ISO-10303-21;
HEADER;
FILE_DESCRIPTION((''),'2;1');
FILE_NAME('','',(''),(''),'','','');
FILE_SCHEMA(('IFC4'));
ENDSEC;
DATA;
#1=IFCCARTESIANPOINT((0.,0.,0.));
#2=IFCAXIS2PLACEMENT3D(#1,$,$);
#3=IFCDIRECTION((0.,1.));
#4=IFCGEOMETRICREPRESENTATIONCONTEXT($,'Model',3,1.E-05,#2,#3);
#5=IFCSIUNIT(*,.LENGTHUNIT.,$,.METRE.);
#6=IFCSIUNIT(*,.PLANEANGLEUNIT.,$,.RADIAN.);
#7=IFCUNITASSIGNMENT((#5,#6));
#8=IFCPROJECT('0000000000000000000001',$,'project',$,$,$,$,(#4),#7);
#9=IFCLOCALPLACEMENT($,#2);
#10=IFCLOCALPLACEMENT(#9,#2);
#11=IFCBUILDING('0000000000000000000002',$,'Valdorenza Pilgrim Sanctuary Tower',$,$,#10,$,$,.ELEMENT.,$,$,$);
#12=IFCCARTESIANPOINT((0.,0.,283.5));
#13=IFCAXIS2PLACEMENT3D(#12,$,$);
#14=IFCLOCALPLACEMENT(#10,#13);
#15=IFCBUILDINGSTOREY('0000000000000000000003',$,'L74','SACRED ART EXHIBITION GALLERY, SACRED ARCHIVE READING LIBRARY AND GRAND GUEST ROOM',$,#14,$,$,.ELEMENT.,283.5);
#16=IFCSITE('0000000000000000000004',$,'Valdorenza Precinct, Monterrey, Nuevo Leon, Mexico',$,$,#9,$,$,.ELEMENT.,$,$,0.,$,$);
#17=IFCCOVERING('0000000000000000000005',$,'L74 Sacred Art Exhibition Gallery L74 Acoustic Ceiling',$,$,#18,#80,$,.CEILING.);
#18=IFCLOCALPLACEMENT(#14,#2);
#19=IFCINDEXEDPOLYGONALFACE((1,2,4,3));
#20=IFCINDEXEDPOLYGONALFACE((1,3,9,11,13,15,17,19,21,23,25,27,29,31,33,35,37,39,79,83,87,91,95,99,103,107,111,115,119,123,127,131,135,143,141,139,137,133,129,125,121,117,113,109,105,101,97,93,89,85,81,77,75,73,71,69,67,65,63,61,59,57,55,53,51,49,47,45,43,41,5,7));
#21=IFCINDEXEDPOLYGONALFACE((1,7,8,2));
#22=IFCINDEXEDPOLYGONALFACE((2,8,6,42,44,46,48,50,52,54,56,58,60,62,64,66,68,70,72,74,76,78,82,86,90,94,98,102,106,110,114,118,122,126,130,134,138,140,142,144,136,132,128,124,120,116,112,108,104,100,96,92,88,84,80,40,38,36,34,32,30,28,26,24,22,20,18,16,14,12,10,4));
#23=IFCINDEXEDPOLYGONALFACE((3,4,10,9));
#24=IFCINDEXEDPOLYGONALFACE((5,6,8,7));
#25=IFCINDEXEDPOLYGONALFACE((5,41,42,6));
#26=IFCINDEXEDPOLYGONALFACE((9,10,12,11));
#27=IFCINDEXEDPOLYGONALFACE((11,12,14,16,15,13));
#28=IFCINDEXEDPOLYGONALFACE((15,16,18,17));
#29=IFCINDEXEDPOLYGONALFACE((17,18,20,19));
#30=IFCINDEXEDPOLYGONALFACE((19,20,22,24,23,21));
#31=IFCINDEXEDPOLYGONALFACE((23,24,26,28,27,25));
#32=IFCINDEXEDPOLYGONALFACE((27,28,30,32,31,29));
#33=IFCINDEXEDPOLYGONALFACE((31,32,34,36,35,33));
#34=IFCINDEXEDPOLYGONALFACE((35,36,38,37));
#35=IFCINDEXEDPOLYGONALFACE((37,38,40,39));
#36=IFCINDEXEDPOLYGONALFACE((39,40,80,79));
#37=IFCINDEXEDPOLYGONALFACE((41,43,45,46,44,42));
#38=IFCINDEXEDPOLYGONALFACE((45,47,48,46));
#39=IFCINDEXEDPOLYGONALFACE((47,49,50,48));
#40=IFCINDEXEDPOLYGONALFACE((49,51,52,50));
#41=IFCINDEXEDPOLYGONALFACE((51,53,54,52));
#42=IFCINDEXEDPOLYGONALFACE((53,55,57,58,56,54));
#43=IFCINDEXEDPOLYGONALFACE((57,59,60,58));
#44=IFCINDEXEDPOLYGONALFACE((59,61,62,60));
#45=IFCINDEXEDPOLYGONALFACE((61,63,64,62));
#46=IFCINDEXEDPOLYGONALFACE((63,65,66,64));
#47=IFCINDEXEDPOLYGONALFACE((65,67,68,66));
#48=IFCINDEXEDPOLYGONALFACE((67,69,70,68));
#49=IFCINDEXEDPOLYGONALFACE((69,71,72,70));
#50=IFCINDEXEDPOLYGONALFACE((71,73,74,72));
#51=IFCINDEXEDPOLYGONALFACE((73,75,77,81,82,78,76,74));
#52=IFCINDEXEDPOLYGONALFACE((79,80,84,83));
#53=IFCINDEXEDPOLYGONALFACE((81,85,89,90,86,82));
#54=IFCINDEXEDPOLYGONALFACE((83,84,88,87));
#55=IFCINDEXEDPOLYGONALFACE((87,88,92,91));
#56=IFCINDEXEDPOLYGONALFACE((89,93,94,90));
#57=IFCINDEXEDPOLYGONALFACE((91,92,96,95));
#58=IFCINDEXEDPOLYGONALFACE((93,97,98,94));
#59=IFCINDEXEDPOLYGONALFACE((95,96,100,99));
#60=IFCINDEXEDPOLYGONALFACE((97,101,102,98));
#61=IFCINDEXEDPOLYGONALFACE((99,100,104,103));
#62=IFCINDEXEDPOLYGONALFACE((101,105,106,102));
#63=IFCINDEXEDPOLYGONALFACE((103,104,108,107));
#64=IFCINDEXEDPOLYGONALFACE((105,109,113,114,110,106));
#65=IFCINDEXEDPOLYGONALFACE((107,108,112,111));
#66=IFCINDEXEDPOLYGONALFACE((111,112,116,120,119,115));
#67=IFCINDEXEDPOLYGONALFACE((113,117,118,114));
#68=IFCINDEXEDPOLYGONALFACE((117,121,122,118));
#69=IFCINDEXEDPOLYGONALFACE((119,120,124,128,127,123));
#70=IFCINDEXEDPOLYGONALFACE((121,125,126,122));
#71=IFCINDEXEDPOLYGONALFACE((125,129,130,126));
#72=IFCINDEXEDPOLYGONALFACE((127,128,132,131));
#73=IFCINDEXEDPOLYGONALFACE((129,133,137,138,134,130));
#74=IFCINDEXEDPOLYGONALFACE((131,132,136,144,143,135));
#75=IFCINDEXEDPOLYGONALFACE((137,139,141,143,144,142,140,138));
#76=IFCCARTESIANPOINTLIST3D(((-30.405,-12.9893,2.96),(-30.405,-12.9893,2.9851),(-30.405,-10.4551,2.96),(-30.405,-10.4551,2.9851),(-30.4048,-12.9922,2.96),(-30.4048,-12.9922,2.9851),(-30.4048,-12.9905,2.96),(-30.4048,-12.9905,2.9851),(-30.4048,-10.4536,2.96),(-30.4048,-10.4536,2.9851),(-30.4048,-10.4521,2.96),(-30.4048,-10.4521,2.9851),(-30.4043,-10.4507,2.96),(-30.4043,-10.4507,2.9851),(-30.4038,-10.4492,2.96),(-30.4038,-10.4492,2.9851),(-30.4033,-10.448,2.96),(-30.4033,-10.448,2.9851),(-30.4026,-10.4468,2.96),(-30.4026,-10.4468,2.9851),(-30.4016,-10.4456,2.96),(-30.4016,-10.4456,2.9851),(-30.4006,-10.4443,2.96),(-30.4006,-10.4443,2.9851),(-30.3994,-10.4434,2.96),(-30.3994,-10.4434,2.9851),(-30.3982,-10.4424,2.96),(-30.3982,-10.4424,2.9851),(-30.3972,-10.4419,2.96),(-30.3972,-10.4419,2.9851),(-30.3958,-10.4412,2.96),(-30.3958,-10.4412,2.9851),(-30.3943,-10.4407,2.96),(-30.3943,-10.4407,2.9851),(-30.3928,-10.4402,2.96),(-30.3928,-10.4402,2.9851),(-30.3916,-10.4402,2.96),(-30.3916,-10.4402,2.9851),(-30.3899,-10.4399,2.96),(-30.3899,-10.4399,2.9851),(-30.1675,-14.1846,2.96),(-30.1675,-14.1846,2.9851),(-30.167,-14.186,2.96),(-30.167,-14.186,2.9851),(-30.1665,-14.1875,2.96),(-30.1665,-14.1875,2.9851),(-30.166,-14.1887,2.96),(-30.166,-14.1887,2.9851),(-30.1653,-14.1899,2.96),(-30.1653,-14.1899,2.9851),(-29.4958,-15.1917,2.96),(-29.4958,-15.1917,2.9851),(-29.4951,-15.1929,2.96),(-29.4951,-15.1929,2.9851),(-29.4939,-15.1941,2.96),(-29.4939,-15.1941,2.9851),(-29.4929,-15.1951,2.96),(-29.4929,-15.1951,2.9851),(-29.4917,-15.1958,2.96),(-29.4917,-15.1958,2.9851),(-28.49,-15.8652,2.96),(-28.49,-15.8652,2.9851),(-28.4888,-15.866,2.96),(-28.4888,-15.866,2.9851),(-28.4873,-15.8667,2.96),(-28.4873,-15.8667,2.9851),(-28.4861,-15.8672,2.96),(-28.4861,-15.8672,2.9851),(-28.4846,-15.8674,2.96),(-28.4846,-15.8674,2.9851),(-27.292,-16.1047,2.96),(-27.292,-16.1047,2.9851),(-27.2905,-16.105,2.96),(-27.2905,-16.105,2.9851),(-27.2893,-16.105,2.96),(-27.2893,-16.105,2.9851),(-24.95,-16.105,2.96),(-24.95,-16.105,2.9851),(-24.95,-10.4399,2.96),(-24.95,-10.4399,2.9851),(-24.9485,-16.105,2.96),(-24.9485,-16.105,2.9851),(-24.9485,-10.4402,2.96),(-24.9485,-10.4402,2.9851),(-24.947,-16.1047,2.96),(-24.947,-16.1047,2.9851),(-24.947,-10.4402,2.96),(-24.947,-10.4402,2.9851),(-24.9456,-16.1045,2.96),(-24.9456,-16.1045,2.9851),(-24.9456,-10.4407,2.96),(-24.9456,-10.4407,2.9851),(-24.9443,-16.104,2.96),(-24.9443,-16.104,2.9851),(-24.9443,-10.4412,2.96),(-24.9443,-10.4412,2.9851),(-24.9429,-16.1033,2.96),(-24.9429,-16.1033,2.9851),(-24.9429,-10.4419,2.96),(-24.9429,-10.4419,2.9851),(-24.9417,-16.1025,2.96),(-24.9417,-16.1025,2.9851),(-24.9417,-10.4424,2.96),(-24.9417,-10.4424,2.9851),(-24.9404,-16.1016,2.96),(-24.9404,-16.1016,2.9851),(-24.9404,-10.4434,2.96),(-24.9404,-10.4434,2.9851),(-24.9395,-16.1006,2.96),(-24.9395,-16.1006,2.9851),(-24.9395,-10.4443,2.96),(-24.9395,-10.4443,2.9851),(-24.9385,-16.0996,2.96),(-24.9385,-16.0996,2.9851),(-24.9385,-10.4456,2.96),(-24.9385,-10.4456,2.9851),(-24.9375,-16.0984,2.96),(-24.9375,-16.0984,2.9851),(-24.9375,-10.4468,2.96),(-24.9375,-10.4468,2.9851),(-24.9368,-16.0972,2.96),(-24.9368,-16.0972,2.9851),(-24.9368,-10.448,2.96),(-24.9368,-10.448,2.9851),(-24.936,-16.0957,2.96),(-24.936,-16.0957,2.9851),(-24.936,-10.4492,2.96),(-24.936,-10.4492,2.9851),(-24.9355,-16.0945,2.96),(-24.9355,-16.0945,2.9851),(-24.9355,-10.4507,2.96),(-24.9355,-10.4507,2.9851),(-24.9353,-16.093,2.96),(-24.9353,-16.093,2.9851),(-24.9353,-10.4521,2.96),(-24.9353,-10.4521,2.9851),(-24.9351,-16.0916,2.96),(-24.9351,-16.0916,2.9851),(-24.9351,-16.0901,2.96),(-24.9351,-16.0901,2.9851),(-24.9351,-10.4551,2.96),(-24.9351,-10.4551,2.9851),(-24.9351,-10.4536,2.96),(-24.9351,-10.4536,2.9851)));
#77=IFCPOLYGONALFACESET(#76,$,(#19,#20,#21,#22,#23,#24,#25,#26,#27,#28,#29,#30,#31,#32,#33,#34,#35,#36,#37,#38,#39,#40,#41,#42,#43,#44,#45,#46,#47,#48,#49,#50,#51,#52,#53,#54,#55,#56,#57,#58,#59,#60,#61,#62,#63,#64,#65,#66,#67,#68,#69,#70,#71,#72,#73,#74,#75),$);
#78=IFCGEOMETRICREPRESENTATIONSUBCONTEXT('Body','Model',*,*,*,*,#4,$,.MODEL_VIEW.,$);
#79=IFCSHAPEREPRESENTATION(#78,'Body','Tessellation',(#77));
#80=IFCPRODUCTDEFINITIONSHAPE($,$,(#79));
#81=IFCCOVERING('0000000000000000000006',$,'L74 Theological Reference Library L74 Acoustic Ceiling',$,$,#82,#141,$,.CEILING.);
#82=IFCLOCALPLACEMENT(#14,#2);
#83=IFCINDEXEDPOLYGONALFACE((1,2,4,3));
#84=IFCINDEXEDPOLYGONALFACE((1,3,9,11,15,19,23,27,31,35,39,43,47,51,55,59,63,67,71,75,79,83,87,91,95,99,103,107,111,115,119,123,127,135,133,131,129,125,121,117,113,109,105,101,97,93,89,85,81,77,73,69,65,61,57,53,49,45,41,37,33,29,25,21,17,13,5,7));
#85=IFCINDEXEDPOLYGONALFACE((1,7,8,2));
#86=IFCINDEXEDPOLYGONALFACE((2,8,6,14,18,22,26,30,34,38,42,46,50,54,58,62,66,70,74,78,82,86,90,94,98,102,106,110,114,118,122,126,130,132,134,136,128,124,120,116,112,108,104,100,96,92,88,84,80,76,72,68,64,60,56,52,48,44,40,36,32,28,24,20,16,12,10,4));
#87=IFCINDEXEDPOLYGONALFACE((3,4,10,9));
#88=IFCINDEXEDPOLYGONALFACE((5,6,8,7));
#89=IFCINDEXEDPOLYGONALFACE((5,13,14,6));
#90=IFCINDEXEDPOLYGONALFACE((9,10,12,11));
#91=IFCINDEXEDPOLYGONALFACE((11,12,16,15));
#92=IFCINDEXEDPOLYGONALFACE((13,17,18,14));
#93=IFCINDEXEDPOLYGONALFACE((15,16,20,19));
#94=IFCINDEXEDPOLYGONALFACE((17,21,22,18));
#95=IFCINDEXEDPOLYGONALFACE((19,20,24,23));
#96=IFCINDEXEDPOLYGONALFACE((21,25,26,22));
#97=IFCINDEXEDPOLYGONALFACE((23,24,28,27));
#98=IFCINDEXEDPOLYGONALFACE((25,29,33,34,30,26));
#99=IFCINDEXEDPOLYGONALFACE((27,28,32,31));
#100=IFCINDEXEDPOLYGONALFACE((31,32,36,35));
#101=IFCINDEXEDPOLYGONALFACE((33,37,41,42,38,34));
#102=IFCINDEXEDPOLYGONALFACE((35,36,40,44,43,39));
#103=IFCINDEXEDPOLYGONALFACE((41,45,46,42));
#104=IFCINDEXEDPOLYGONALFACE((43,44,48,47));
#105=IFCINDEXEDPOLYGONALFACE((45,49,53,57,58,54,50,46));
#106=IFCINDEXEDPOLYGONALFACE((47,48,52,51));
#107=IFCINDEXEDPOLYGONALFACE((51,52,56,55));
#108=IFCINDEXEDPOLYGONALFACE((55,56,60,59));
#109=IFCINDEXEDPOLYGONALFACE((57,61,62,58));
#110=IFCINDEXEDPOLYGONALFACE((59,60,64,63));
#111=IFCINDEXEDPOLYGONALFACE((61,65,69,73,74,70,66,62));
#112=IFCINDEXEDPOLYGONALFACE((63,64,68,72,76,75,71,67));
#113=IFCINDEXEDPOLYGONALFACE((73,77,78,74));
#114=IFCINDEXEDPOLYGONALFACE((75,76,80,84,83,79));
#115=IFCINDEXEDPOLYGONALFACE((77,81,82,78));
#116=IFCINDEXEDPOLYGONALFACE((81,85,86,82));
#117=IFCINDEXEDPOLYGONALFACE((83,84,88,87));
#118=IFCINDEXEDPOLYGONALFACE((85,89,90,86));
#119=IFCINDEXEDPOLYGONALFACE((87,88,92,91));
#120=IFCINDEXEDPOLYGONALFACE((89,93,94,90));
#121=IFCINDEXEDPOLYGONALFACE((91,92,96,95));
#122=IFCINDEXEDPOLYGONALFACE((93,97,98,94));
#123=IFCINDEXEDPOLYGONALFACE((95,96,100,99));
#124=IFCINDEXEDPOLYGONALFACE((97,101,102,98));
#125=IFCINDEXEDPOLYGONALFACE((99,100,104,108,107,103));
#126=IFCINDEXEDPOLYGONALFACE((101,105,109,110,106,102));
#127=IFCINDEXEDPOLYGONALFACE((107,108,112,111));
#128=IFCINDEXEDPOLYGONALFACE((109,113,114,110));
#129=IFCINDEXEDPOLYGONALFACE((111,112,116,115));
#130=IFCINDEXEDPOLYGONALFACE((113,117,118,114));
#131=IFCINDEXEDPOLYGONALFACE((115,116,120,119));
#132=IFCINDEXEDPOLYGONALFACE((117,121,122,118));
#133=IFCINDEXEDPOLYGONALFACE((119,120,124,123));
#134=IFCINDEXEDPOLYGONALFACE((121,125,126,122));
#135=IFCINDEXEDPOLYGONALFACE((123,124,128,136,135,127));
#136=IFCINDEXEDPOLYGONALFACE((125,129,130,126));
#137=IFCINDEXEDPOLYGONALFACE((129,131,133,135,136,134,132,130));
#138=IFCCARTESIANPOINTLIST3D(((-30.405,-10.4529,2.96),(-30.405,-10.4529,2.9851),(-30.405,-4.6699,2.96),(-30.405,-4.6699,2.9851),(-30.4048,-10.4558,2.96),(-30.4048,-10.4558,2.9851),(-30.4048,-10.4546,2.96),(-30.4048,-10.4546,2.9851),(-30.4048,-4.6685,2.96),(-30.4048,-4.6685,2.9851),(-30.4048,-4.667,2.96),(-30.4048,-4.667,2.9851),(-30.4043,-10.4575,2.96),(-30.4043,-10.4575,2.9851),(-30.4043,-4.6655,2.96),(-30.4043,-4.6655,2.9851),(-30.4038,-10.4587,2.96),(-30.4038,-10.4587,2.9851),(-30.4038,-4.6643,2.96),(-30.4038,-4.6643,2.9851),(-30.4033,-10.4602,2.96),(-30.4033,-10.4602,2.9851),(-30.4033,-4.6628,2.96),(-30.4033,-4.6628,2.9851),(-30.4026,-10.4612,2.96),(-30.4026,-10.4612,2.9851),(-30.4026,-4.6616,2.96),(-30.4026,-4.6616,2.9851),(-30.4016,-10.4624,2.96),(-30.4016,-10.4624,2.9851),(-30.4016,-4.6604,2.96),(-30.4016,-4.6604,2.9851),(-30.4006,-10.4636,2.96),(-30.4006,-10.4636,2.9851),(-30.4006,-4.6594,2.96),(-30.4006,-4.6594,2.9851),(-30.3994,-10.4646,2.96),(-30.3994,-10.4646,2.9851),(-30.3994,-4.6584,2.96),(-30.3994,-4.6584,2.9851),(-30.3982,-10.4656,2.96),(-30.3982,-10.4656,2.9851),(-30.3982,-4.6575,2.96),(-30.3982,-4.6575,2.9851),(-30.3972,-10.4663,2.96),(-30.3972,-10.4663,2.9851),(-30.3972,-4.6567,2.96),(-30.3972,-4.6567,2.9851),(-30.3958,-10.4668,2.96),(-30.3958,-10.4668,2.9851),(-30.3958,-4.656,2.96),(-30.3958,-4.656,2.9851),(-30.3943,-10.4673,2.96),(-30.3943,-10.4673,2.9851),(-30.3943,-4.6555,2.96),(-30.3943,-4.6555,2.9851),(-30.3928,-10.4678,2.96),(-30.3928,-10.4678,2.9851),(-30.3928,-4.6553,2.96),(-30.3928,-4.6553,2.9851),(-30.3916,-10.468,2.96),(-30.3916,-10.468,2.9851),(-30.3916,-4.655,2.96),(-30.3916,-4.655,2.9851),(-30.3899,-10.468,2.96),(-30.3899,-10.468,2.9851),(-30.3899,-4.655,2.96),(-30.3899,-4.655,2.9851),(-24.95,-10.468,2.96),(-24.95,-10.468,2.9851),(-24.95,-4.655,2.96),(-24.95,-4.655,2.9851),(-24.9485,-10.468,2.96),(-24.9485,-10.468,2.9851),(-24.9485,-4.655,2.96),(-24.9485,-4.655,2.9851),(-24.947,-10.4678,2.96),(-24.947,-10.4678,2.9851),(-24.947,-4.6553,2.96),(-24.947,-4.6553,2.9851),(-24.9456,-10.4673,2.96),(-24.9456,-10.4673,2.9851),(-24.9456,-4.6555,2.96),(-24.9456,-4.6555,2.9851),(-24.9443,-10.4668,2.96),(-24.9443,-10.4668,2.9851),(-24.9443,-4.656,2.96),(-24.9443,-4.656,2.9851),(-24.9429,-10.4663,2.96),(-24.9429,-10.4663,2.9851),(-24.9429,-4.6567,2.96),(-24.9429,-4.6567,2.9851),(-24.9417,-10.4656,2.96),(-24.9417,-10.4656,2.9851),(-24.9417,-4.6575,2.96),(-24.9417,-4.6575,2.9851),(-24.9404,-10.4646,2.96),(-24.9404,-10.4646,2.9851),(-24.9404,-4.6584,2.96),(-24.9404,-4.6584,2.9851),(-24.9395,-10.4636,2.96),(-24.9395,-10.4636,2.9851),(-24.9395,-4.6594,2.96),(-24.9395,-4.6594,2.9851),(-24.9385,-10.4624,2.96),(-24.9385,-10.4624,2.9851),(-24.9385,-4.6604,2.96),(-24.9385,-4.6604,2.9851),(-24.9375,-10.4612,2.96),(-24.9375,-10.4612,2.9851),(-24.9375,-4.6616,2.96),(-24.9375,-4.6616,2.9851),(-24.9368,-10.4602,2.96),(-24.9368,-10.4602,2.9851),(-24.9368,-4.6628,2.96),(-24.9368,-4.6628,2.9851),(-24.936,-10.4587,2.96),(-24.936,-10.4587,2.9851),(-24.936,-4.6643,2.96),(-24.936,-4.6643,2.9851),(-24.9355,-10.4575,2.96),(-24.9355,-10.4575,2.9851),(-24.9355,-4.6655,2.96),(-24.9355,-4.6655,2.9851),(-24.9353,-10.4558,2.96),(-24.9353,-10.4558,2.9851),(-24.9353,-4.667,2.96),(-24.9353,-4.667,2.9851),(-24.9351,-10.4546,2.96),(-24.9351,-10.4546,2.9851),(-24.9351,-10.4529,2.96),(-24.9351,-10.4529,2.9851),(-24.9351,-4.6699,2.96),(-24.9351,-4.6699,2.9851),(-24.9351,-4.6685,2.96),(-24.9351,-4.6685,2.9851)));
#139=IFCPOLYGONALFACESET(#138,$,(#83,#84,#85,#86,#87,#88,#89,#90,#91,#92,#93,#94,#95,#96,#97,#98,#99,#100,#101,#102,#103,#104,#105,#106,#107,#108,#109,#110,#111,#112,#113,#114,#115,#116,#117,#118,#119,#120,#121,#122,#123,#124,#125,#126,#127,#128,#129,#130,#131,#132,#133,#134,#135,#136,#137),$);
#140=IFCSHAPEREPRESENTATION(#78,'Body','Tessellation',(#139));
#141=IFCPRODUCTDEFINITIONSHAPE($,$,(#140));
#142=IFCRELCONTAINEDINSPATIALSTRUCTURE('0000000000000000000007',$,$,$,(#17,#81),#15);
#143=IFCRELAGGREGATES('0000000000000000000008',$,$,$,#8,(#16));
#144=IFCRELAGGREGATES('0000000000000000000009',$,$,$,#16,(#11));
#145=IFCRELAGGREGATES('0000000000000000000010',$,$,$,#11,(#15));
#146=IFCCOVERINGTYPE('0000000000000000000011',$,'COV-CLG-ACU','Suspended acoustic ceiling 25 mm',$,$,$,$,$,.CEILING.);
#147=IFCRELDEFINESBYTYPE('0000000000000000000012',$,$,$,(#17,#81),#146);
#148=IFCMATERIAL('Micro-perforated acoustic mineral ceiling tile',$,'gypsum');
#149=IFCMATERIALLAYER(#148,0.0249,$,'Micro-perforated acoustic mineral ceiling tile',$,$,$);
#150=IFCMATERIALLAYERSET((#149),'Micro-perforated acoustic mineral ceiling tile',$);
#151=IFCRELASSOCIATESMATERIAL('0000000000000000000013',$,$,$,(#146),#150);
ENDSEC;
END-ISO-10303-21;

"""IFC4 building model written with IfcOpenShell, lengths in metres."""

from ifc_helpers import new_model, si_unit, direction, frame, origin, place, context, subcontext, project, spatial, polyline, outline, extrude, material, layer, layer_set, type_object, element, save


model = new_model("IFC4")

# Units and contexts
model_context = context("Model", 3, precision=1e-05, world=origin(), true_north=direction((0.0, 1.0)))
body_context = subcontext(model_context, "Body", "Model", "MODEL_VIEW")
ifc_project = project(units=[si_unit("LENGTHUNIT", "METRE"), si_unit("PLANEANGLEUNIT", "RADIAN")], contexts=[model_context])

# Site, building, storey
site_placement = place(None, origin())
site = spatial("IfcSite", under=ifc_project, at=site_placement, Name="Valdorenza Precinct, Monterrey, Nuevo Leon, Mexico", CompositionType="ELEMENT", RefElevation=0.0)
building_placement = place(site_placement, origin())
building = spatial("IfcBuilding", under=site, at=building_placement, Name="Valdorenza Pilgrim Sanctuary Tower", CompositionType="ELEMENT")
storey_placement = place(building_placement, frame((0.0, 0.0, 283.5)))
storey = spatial("IfcBuildingStorey", under=building, at=storey_placement, Name="L74", Description="SACRED ART EXHIBITION GALLERY, SACRED ARCHIVE READING LIBRARY AND GRAND GUEST ROOM", CompositionType="ELEMENT", Elevation=283.5)

# Coverings
ifc_material_1 = material(Name="Micro-perforated acoustic mineral ceiling tile", Category="gypsum")
ifc_layer_1 = layer(ifc_material_1, 0.0249, Name="Micro-perforated acoustic mineral ceiling tile")
ifc_layer_set_1 = layer_set([ifc_layer_1], Name="Micro-perforated acoustic mineral ceiling tile")
covering_type_1 = type_object("IfcCoveringType", Name="COV-CLG-ACU", Description="Suspended acoustic ceiling 25 mm", PredefinedType="CEILING", material=ifc_layer_set_1)
covering_1_placement = place(storey_placement, frame((0.0, 0.0, 2.96)))
element("IfcCovering", 1, at=covering_1_placement, inside=storey, type_object=covering_type_1, Name="L74 Sacred Art Exhibition Gallery L74 Acoustic Ceiling", PredefinedType="CEILING", context=body_context, shape_type="SweptSolid", body=[
    extrude(outline(polyline([(-24.9351, -16.0901), (-24.9351, -16.0916), (-24.9353, -16.093), (-24.9355, -16.0945), (-24.936, -16.0957), (-24.9368, -16.0972), (-24.9375, -16.0984), (-24.9385, -16.0996), (-24.9395, -16.1006), (-24.9404, -16.1016), (-24.9417, -16.1025), (-24.9429, -16.1033), (-24.9443, -16.104), (-24.9456, -16.1045), (-24.947, -16.1047), (-24.9485, -16.105), (-24.95, -16.105), (-27.2893, -16.105), (-27.2905, -16.105), (-27.292, -16.1047), (-28.4846, -15.8674), (-28.4861, -15.8672), (-28.4873, -15.8667), (-28.4888, -15.866), (-28.49, -15.8652), (-29.4917, -15.1958), (-29.4929, -15.1951), (-29.4939, -15.1941), (-29.4951, -15.1929), (-29.4958, -15.1917), (-30.1653, -14.1899), (-30.166, -14.1887), (-30.1665, -14.1875), (-30.167, -14.186), (-30.1675, -14.1846), (-30.4048, -12.9922), (-30.4048, -12.9905), (-30.405, -12.9893), (-30.405, -10.4551), (-30.4048, -10.4536), (-30.4048, -10.4521), (-30.4043, -10.4507), (-30.4038, -10.4492), (-30.4033, -10.448), (-30.4026, -10.4468), (-30.4016, -10.4456), (-30.4006, -10.4443), (-30.3994, -10.4434), (-30.3982, -10.4424), (-30.3972, -10.4419), (-30.3958, -10.4412), (-30.3943, -10.4407), (-30.3928, -10.4402), (-30.3916, -10.4402), (-30.3899, -10.4399), (-24.95, -10.4399), (-24.9485, -10.4402), (-24.947, -10.4402), (-24.9456, -10.4407), (-24.9443, -10.4412), (-24.9429, -10.4419), (-24.9417, -10.4424), (-24.9404, -10.4434), (-24.9395, -10.4443), (-24.9385, -10.4456), (-24.9375, -10.4468), (-24.9368, -10.448), (-24.936, -10.4492), (-24.9355, -10.4507), (-24.9353, -10.4521), (-24.9351, -10.4536), (-24.9351, -10.4551), (-24.9351, -16.0901)])), origin(), (0.0, 0.0, 1.0), 0.0251),
])
covering_2_placement = place(storey_placement, frame((0.0, 0.0, 2.96)))
element("IfcCovering", 2, at=covering_2_placement, inside=storey, type_object=covering_type_1, Name="L74 Theological Reference Library L74 Acoustic Ceiling", PredefinedType="CEILING", context=body_context, shape_type="SweptSolid", body=[
    extrude(outline(polyline([(-24.9351, -10.4529), (-24.9351, -10.4546), (-24.9353, -10.4558), (-24.9355, -10.4575), (-24.936, -10.4587), (-24.9368, -10.4602), (-24.9375, -10.4612), (-24.9385, -10.4624), (-24.9395, -10.4636), (-24.9404, -10.4646), (-24.9417, -10.4656), (-24.9429, -10.4663), (-24.9443, -10.4668), (-24.9456, -10.4673), (-24.947, -10.4678), (-24.9485, -10.468), (-24.95, -10.468), (-30.3899, -10.468), (-30.3916, -10.468), (-30.3928, -10.4678), (-30.3943, -10.4673), (-30.3958, -10.4668), (-30.3972, -10.4663), (-30.3982, -10.4656), (-30.3994, -10.4646), (-30.4006, -10.4636), (-30.4016, -10.4624), (-30.4026, -10.4612), (-30.4033, -10.4602), (-30.4038, -10.4587), (-30.4043, -10.4575), (-30.4048, -10.4558), (-30.4048, -10.4546), (-30.405, -10.4529), (-30.405, -4.6699), (-30.4048, -4.6685), (-30.4048, -4.667), (-30.4043, -4.6655), (-30.4038, -4.6643), (-30.4033, -4.6628), (-30.4026, -4.6616), (-30.4016, -4.6604), (-30.4006, -4.6594), (-30.3994, -4.6584), (-30.3982, -4.6575), (-30.3972, -4.6567), (-30.3958, -4.656), (-30.3943, -4.6555), (-30.3928, -4.6553), (-30.3916, -4.655), (-30.3899, -4.655), (-24.95, -4.655), (-24.9485, -4.655), (-24.947, -4.6553), (-24.9456, -4.6555), (-24.9443, -4.656), (-24.9429, -4.6567), (-24.9417, -4.6575), (-24.9404, -4.6584), (-24.9395, -4.6594), (-24.9385, -4.6604), (-24.9375, -4.6616), (-24.9368, -4.6628), (-24.936, -4.6643), (-24.9355, -4.6655), (-24.9353, -4.667), (-24.9351, -4.6685), (-24.9351, -4.6699), (-24.9351, -10.4529)])), origin(), (0.0, 0.0, 1.0), 0.0251),
])

save(model, "model.ifc")
